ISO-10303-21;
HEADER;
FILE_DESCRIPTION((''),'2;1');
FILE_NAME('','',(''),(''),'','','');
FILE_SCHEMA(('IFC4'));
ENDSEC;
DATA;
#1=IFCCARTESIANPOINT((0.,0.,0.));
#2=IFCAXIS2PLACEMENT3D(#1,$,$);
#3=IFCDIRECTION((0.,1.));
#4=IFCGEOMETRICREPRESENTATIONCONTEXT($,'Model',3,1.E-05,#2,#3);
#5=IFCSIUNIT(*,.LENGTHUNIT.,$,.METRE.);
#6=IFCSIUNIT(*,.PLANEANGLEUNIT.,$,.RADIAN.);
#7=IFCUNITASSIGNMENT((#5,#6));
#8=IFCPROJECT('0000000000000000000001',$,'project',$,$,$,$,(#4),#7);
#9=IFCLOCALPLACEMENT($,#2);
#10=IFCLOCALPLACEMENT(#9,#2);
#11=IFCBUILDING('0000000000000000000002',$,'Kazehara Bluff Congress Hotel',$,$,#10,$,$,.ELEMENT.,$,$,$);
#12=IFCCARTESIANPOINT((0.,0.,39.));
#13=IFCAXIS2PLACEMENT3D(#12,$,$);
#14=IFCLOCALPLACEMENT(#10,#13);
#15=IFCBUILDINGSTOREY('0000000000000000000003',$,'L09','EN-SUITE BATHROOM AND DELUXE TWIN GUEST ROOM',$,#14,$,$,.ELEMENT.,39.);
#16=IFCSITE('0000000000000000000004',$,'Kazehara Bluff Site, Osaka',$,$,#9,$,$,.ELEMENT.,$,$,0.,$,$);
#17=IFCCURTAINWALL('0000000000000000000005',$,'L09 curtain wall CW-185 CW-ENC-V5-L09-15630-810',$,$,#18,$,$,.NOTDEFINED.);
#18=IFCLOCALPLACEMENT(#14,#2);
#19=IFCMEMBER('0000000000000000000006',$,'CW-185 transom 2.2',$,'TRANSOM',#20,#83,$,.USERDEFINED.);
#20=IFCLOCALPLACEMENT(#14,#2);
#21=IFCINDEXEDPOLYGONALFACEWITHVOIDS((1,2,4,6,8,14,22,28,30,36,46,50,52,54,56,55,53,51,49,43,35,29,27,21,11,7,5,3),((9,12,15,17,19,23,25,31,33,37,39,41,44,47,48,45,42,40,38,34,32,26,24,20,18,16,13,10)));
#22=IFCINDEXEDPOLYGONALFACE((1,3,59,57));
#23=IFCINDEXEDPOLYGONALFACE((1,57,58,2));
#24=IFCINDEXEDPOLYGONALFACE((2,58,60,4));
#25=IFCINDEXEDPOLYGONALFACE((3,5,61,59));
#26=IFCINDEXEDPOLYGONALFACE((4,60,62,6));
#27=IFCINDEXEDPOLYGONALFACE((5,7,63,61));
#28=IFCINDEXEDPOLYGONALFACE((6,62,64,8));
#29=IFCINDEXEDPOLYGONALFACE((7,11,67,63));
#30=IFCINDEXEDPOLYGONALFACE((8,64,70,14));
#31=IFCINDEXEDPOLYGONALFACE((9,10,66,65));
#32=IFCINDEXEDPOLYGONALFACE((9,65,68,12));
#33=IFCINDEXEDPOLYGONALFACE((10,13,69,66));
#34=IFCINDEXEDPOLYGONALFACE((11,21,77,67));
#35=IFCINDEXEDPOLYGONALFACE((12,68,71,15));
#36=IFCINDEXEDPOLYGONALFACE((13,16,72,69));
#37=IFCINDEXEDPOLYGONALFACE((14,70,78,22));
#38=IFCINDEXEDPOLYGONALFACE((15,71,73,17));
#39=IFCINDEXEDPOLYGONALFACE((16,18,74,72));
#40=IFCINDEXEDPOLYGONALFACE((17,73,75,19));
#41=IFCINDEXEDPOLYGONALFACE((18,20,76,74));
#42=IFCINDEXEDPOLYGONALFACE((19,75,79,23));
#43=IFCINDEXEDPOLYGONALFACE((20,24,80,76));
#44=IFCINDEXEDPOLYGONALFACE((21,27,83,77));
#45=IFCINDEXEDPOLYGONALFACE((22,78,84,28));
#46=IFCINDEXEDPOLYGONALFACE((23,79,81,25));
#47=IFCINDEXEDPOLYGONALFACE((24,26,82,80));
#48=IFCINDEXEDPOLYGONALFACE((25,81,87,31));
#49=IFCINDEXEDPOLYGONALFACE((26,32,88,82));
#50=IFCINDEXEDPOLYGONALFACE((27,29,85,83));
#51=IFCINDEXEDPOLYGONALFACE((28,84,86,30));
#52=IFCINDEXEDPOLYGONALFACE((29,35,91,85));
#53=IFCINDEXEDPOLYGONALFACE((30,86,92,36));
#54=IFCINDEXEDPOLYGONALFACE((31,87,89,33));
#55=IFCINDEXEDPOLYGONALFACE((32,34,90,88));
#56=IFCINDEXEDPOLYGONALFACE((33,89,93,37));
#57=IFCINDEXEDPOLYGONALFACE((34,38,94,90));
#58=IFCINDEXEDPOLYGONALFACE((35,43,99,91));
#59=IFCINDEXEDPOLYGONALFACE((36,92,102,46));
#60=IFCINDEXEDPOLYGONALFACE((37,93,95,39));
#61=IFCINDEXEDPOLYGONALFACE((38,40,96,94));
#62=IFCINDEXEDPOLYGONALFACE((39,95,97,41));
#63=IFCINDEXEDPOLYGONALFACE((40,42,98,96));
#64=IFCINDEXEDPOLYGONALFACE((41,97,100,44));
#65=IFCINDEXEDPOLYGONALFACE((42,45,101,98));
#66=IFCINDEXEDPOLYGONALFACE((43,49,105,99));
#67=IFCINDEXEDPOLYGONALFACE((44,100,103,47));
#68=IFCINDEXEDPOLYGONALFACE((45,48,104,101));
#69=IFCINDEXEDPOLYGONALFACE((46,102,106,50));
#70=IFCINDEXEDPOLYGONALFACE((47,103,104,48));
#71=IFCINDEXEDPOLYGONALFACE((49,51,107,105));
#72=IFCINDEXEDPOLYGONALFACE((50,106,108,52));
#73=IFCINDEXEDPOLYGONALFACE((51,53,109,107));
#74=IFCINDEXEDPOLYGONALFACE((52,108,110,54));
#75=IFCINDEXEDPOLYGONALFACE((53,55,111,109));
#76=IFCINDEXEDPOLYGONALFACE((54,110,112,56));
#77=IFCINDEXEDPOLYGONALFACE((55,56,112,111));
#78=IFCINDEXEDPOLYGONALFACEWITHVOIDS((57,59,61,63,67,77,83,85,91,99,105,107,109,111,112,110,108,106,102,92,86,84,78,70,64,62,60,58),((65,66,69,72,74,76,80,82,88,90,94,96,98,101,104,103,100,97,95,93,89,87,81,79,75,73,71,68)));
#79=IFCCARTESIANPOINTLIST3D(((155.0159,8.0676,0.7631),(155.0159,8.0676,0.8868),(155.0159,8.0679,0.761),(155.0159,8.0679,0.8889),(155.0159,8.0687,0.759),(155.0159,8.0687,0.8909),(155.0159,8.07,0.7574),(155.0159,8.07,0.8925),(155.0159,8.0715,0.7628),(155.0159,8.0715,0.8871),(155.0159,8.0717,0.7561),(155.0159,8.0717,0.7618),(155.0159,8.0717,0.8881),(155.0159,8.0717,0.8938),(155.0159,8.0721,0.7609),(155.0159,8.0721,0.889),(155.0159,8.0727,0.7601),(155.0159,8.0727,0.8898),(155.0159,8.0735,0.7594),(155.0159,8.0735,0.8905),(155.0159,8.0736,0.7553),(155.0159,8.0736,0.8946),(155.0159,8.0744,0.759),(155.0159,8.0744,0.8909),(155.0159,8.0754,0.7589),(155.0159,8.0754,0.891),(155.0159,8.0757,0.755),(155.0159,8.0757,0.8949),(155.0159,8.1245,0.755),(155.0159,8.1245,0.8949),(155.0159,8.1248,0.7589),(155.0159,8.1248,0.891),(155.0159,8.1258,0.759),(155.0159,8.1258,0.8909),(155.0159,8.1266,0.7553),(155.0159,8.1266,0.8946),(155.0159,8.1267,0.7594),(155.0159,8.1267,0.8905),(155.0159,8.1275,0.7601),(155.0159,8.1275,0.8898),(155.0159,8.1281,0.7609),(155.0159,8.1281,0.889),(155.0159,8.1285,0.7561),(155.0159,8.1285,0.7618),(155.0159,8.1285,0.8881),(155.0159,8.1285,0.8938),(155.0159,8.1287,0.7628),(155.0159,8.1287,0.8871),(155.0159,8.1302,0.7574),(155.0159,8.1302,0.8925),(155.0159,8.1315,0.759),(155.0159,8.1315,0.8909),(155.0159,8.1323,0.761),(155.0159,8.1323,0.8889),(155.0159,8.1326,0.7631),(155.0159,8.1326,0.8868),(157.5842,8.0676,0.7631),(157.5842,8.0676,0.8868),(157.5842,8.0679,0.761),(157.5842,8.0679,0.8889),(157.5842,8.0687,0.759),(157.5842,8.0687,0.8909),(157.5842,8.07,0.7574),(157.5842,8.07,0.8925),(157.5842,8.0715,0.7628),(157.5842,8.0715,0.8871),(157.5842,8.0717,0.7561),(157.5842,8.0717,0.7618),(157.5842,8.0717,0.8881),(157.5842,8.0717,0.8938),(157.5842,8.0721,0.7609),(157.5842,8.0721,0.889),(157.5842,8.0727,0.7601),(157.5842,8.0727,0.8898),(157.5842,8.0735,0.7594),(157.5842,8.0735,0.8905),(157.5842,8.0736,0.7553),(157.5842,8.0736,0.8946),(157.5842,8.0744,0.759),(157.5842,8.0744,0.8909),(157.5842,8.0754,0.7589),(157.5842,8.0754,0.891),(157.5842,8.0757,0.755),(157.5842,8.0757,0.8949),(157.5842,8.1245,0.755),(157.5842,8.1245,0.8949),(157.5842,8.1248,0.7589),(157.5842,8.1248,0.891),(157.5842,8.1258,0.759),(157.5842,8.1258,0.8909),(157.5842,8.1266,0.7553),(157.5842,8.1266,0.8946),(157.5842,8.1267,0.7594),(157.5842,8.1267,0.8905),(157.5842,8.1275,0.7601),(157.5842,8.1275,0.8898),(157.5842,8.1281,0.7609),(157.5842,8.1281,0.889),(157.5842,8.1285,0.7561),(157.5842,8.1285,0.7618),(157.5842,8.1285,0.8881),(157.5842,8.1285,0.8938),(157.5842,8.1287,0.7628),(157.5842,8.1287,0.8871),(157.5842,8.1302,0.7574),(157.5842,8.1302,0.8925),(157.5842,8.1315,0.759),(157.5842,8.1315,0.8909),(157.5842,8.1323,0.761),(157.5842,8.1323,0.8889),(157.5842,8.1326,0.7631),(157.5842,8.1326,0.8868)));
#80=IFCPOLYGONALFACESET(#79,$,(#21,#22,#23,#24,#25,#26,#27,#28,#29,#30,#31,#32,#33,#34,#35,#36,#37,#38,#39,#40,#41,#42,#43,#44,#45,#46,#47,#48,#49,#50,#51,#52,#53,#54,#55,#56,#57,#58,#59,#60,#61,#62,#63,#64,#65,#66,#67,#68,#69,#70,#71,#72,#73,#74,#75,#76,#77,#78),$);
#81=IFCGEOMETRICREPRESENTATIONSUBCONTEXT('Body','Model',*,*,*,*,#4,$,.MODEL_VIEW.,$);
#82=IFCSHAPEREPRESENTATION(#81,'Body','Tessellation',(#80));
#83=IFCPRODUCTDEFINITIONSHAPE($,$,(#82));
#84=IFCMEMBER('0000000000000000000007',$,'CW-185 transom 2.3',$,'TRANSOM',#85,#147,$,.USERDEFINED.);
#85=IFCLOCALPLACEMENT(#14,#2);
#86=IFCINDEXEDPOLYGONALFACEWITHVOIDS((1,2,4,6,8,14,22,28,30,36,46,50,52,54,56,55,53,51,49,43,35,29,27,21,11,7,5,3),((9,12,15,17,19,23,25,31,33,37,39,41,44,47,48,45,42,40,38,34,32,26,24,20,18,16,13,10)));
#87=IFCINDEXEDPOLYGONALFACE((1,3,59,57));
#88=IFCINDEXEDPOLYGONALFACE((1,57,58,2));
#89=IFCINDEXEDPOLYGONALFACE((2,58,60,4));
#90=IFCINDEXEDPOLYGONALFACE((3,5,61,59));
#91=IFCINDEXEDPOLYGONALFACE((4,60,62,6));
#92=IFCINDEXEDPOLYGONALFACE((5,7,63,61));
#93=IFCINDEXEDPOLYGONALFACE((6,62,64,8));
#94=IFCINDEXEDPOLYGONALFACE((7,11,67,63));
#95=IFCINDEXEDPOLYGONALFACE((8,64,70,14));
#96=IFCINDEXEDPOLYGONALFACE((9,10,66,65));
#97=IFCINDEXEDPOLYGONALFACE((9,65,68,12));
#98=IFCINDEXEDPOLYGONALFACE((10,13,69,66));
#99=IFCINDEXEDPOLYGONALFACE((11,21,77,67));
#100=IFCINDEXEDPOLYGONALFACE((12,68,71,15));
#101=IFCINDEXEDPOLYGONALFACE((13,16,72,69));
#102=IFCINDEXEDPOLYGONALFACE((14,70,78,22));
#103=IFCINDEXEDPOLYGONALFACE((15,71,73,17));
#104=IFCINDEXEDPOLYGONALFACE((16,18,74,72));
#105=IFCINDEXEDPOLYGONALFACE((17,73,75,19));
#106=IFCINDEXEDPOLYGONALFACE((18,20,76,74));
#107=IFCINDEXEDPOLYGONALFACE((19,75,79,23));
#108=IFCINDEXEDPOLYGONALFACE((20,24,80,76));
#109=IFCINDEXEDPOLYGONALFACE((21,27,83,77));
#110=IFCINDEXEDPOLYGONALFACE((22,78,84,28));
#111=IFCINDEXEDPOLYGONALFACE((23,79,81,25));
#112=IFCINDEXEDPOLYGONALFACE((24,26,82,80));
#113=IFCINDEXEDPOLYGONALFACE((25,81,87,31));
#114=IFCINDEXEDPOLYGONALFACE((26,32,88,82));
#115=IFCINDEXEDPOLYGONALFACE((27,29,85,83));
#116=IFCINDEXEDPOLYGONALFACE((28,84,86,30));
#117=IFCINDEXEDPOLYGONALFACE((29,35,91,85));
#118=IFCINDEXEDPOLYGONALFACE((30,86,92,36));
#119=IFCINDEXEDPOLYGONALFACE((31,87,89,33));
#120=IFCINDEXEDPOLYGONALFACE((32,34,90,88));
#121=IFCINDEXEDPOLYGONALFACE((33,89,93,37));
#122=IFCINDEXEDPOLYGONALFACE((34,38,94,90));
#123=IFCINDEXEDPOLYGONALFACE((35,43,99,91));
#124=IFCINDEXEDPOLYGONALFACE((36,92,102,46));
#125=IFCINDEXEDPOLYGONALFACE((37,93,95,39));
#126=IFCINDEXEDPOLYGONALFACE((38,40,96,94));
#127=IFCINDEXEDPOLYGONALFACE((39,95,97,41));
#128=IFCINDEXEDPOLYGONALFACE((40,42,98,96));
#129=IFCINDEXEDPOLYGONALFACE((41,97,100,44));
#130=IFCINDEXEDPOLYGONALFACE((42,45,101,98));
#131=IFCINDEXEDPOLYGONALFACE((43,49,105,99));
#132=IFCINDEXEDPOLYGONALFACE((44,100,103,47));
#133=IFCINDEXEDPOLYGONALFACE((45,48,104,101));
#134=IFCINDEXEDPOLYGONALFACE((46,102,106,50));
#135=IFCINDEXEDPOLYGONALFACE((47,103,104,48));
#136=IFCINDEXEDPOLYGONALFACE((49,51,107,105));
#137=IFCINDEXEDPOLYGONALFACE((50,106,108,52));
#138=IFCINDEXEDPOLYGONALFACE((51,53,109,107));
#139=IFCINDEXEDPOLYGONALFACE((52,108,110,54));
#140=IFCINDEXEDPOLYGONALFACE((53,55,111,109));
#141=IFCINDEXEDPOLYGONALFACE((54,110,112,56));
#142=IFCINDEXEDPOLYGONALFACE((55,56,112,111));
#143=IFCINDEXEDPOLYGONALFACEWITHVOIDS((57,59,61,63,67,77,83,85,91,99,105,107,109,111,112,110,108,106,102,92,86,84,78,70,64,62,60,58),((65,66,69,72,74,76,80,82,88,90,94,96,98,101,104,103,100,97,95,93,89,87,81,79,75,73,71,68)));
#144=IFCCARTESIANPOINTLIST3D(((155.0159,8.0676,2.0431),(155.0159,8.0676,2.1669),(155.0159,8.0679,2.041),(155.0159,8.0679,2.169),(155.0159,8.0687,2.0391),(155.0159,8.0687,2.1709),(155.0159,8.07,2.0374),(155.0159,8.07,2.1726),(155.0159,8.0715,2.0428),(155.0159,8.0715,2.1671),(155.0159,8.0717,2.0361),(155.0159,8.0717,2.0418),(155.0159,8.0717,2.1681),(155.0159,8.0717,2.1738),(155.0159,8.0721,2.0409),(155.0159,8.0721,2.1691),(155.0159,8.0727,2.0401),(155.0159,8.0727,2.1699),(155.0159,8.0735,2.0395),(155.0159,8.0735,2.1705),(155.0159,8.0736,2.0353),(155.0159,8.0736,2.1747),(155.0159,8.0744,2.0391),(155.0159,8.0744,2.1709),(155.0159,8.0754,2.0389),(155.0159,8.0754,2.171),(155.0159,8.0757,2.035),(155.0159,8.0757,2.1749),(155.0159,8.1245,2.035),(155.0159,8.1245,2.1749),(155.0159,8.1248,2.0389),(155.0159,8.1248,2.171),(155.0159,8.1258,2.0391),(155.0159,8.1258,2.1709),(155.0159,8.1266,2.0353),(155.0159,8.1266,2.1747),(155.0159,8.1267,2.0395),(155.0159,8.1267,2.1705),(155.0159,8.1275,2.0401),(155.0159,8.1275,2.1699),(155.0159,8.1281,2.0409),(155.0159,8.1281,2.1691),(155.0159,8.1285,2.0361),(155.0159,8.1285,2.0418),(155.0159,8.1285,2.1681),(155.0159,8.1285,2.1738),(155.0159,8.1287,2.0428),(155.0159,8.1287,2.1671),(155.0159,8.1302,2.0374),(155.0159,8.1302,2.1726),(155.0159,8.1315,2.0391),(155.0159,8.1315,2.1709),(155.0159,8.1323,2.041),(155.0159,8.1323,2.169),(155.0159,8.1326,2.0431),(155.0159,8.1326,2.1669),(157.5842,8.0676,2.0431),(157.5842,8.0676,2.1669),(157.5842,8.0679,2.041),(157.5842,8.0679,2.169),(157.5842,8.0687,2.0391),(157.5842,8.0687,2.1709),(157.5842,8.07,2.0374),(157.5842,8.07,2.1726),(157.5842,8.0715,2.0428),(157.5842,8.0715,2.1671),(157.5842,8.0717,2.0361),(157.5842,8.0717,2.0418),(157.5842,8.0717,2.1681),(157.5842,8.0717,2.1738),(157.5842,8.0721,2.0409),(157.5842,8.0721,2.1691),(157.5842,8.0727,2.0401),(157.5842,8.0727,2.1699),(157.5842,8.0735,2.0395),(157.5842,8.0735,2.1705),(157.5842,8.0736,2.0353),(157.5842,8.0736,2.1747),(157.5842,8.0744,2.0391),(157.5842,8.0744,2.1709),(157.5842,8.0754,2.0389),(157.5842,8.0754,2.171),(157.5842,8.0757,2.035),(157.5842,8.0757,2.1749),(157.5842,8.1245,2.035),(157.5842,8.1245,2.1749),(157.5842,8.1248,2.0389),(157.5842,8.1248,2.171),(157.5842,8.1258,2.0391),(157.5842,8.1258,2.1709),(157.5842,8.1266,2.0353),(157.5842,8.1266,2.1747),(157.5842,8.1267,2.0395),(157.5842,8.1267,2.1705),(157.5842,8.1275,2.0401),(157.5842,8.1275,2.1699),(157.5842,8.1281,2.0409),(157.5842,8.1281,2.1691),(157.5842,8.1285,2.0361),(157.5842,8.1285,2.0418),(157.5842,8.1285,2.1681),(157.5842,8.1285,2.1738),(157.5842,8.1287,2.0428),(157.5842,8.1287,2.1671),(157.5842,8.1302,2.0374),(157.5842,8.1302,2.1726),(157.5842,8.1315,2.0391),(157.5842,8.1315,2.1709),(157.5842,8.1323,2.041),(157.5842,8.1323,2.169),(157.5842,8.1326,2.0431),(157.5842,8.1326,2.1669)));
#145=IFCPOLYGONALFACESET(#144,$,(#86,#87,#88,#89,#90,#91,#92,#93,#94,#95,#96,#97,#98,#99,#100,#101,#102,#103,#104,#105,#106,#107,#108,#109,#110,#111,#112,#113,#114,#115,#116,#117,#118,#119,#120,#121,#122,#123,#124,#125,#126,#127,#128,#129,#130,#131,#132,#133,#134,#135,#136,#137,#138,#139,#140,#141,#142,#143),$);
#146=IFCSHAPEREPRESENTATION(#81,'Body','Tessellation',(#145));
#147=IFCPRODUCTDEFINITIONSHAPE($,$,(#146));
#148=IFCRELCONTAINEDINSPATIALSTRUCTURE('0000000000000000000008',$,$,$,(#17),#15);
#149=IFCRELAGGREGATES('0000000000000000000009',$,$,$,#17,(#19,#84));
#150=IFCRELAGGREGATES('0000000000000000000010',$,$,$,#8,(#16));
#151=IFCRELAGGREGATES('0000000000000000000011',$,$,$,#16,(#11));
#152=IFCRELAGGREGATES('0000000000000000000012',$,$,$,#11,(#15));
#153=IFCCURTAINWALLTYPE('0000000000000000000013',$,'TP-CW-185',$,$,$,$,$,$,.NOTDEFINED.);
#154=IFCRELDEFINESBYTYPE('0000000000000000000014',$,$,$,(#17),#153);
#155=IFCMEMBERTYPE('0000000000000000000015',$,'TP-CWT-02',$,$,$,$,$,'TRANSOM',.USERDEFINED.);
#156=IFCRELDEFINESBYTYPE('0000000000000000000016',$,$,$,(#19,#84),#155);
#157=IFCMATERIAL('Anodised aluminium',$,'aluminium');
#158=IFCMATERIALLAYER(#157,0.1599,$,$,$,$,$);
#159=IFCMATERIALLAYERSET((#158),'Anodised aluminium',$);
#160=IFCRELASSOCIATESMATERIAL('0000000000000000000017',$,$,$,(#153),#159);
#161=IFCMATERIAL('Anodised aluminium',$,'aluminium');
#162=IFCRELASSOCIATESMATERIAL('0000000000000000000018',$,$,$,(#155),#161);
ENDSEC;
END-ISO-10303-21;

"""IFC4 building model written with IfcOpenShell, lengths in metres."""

from ifc_helpers import new_model, si_unit, direction, frame, origin, origin_2d, place, context, subcontext, project, spatial, hollow_rectangle, extrude, material, layer, layer_set, material_profile, profile_set, type_object, element, aggregate, save


model = new_model("IFC4")

# Units and contexts
model_context = context("Model", 3, precision=1e-05, world=origin(), true_north=direction((0.0, 1.0)))
body_context = subcontext(model_context, "Body", "Model", "MODEL_VIEW")
ifc_project = project(units=[si_unit("LENGTHUNIT", "METRE"), si_unit("PLANEANGLEUNIT", "RADIAN")], contexts=[model_context])

# Site, building, storey
site_placement = place(None, origin())
site = spatial("IfcSite", under=ifc_project, at=site_placement, Name="Kazehara Bluff Site, Osaka", CompositionType="ELEMENT", RefElevation=0.0)
building_placement = place(site_placement, origin())
building = spatial("IfcBuilding", under=site, at=building_placement, Name="Kazehara Bluff Congress Hotel", CompositionType="ELEMENT")
storey_placement = place(building_placement, frame((0.0, 0.0, 39.0)))
storey = spatial("IfcBuildingStorey", under=building, at=storey_placement, Name="L09", Description="EN-SUITE BATHROOM AND DELUXE TWIN GUEST ROOM", CompositionType="ELEMENT", Elevation=39.0)

# Curtain wall, members
ifc_material_1 = material(Name="Anodised aluminium", Category="aluminium")
ifc_layer_1 = layer(ifc_material_1, 0.1599)
ifc_layer_set_1 = layer_set([ifc_layer_1], Name="Anodised aluminium")
curtain_wall_type = type_object("IfcCurtainWallType", Name="TP-CW-185", PredefinedType="NOTDEFINED", material=ifc_layer_set_1)
curtain_wall_placement = place(storey_placement, origin())
curtain_wall = element("IfcCurtainWall", 1, at=curtain_wall_placement, inside=storey, type_object=curtain_wall_type, Name="L09 curtain wall CW-185 CW-ENC-V5-L09-15630-810", PredefinedType="NOTDEFINED")
ifc_material_2 = material(Name="Anodised aluminium", Category="aluminium")
ifc_material_profile_1 = material_profile(ifc_material_2, hollow_rectangle(XDim=0.0649, YDim=0.1399, WallThickness=0.0039, InnerFilletRadius=0.0039, OuterFilletRadius=0.0081, at=origin_2d()))
ifc_profile_set_1 = profile_set([ifc_material_profile_1], Name="Anodised aluminium")
member_type_1 = type_object("IfcMemberType", Name="TP-CWT-02", ElementType="TRANSOM", PredefinedType="USERDEFINED", material=ifc_profile_set_1)
member_1_placement = place(storey_placement, frame((157.5842, 8.1001, 0.825), z_axis=(-1.0, 0.0, 0.0), x_axis=(0.0, -1.0, 0.0)))
member_1 = element("IfcMember", 2, at=member_1_placement, type_object=member_type_1, Name="CW-185 transom 2.2", ObjectType="TRANSOM", PredefinedType="USERDEFINED", context=body_context, shape_type="SweptSolid", body=[
    extrude(hollow_rectangle(XDim=0.0649, YDim=0.1399, WallThickness=0.0039, InnerFilletRadius=0.0039, OuterFilletRadius=0.0081, at=origin_2d()), origin(), (0.0, 0.0, 1.0), 2.5684),
])
member_2_placement = place(storey_placement, frame((157.5842, 8.1001, 2.105), z_axis=(-1.0, 0.0, 0.0), x_axis=(0.0, -1.0, 0.0)))
member_2 = element("IfcMember", 3, at=member_2_placement, type_object=member_type_1, Name="CW-185 transom 2.3", ObjectType="TRANSOM", PredefinedType="USERDEFINED", context=body_context, shape_type="SweptSolid", body=[
    extrude(hollow_rectangle(XDim=0.0649, YDim=0.1399, WallThickness=0.0039, InnerFilletRadius=0.0039, OuterFilletRadius=0.0081, at=origin_2d()), origin(), (0.0, 0.0, 1.0), 2.5684),
])
aggregate(curtain_wall, [member_1, member_2])

save(model, "model.ifc")
